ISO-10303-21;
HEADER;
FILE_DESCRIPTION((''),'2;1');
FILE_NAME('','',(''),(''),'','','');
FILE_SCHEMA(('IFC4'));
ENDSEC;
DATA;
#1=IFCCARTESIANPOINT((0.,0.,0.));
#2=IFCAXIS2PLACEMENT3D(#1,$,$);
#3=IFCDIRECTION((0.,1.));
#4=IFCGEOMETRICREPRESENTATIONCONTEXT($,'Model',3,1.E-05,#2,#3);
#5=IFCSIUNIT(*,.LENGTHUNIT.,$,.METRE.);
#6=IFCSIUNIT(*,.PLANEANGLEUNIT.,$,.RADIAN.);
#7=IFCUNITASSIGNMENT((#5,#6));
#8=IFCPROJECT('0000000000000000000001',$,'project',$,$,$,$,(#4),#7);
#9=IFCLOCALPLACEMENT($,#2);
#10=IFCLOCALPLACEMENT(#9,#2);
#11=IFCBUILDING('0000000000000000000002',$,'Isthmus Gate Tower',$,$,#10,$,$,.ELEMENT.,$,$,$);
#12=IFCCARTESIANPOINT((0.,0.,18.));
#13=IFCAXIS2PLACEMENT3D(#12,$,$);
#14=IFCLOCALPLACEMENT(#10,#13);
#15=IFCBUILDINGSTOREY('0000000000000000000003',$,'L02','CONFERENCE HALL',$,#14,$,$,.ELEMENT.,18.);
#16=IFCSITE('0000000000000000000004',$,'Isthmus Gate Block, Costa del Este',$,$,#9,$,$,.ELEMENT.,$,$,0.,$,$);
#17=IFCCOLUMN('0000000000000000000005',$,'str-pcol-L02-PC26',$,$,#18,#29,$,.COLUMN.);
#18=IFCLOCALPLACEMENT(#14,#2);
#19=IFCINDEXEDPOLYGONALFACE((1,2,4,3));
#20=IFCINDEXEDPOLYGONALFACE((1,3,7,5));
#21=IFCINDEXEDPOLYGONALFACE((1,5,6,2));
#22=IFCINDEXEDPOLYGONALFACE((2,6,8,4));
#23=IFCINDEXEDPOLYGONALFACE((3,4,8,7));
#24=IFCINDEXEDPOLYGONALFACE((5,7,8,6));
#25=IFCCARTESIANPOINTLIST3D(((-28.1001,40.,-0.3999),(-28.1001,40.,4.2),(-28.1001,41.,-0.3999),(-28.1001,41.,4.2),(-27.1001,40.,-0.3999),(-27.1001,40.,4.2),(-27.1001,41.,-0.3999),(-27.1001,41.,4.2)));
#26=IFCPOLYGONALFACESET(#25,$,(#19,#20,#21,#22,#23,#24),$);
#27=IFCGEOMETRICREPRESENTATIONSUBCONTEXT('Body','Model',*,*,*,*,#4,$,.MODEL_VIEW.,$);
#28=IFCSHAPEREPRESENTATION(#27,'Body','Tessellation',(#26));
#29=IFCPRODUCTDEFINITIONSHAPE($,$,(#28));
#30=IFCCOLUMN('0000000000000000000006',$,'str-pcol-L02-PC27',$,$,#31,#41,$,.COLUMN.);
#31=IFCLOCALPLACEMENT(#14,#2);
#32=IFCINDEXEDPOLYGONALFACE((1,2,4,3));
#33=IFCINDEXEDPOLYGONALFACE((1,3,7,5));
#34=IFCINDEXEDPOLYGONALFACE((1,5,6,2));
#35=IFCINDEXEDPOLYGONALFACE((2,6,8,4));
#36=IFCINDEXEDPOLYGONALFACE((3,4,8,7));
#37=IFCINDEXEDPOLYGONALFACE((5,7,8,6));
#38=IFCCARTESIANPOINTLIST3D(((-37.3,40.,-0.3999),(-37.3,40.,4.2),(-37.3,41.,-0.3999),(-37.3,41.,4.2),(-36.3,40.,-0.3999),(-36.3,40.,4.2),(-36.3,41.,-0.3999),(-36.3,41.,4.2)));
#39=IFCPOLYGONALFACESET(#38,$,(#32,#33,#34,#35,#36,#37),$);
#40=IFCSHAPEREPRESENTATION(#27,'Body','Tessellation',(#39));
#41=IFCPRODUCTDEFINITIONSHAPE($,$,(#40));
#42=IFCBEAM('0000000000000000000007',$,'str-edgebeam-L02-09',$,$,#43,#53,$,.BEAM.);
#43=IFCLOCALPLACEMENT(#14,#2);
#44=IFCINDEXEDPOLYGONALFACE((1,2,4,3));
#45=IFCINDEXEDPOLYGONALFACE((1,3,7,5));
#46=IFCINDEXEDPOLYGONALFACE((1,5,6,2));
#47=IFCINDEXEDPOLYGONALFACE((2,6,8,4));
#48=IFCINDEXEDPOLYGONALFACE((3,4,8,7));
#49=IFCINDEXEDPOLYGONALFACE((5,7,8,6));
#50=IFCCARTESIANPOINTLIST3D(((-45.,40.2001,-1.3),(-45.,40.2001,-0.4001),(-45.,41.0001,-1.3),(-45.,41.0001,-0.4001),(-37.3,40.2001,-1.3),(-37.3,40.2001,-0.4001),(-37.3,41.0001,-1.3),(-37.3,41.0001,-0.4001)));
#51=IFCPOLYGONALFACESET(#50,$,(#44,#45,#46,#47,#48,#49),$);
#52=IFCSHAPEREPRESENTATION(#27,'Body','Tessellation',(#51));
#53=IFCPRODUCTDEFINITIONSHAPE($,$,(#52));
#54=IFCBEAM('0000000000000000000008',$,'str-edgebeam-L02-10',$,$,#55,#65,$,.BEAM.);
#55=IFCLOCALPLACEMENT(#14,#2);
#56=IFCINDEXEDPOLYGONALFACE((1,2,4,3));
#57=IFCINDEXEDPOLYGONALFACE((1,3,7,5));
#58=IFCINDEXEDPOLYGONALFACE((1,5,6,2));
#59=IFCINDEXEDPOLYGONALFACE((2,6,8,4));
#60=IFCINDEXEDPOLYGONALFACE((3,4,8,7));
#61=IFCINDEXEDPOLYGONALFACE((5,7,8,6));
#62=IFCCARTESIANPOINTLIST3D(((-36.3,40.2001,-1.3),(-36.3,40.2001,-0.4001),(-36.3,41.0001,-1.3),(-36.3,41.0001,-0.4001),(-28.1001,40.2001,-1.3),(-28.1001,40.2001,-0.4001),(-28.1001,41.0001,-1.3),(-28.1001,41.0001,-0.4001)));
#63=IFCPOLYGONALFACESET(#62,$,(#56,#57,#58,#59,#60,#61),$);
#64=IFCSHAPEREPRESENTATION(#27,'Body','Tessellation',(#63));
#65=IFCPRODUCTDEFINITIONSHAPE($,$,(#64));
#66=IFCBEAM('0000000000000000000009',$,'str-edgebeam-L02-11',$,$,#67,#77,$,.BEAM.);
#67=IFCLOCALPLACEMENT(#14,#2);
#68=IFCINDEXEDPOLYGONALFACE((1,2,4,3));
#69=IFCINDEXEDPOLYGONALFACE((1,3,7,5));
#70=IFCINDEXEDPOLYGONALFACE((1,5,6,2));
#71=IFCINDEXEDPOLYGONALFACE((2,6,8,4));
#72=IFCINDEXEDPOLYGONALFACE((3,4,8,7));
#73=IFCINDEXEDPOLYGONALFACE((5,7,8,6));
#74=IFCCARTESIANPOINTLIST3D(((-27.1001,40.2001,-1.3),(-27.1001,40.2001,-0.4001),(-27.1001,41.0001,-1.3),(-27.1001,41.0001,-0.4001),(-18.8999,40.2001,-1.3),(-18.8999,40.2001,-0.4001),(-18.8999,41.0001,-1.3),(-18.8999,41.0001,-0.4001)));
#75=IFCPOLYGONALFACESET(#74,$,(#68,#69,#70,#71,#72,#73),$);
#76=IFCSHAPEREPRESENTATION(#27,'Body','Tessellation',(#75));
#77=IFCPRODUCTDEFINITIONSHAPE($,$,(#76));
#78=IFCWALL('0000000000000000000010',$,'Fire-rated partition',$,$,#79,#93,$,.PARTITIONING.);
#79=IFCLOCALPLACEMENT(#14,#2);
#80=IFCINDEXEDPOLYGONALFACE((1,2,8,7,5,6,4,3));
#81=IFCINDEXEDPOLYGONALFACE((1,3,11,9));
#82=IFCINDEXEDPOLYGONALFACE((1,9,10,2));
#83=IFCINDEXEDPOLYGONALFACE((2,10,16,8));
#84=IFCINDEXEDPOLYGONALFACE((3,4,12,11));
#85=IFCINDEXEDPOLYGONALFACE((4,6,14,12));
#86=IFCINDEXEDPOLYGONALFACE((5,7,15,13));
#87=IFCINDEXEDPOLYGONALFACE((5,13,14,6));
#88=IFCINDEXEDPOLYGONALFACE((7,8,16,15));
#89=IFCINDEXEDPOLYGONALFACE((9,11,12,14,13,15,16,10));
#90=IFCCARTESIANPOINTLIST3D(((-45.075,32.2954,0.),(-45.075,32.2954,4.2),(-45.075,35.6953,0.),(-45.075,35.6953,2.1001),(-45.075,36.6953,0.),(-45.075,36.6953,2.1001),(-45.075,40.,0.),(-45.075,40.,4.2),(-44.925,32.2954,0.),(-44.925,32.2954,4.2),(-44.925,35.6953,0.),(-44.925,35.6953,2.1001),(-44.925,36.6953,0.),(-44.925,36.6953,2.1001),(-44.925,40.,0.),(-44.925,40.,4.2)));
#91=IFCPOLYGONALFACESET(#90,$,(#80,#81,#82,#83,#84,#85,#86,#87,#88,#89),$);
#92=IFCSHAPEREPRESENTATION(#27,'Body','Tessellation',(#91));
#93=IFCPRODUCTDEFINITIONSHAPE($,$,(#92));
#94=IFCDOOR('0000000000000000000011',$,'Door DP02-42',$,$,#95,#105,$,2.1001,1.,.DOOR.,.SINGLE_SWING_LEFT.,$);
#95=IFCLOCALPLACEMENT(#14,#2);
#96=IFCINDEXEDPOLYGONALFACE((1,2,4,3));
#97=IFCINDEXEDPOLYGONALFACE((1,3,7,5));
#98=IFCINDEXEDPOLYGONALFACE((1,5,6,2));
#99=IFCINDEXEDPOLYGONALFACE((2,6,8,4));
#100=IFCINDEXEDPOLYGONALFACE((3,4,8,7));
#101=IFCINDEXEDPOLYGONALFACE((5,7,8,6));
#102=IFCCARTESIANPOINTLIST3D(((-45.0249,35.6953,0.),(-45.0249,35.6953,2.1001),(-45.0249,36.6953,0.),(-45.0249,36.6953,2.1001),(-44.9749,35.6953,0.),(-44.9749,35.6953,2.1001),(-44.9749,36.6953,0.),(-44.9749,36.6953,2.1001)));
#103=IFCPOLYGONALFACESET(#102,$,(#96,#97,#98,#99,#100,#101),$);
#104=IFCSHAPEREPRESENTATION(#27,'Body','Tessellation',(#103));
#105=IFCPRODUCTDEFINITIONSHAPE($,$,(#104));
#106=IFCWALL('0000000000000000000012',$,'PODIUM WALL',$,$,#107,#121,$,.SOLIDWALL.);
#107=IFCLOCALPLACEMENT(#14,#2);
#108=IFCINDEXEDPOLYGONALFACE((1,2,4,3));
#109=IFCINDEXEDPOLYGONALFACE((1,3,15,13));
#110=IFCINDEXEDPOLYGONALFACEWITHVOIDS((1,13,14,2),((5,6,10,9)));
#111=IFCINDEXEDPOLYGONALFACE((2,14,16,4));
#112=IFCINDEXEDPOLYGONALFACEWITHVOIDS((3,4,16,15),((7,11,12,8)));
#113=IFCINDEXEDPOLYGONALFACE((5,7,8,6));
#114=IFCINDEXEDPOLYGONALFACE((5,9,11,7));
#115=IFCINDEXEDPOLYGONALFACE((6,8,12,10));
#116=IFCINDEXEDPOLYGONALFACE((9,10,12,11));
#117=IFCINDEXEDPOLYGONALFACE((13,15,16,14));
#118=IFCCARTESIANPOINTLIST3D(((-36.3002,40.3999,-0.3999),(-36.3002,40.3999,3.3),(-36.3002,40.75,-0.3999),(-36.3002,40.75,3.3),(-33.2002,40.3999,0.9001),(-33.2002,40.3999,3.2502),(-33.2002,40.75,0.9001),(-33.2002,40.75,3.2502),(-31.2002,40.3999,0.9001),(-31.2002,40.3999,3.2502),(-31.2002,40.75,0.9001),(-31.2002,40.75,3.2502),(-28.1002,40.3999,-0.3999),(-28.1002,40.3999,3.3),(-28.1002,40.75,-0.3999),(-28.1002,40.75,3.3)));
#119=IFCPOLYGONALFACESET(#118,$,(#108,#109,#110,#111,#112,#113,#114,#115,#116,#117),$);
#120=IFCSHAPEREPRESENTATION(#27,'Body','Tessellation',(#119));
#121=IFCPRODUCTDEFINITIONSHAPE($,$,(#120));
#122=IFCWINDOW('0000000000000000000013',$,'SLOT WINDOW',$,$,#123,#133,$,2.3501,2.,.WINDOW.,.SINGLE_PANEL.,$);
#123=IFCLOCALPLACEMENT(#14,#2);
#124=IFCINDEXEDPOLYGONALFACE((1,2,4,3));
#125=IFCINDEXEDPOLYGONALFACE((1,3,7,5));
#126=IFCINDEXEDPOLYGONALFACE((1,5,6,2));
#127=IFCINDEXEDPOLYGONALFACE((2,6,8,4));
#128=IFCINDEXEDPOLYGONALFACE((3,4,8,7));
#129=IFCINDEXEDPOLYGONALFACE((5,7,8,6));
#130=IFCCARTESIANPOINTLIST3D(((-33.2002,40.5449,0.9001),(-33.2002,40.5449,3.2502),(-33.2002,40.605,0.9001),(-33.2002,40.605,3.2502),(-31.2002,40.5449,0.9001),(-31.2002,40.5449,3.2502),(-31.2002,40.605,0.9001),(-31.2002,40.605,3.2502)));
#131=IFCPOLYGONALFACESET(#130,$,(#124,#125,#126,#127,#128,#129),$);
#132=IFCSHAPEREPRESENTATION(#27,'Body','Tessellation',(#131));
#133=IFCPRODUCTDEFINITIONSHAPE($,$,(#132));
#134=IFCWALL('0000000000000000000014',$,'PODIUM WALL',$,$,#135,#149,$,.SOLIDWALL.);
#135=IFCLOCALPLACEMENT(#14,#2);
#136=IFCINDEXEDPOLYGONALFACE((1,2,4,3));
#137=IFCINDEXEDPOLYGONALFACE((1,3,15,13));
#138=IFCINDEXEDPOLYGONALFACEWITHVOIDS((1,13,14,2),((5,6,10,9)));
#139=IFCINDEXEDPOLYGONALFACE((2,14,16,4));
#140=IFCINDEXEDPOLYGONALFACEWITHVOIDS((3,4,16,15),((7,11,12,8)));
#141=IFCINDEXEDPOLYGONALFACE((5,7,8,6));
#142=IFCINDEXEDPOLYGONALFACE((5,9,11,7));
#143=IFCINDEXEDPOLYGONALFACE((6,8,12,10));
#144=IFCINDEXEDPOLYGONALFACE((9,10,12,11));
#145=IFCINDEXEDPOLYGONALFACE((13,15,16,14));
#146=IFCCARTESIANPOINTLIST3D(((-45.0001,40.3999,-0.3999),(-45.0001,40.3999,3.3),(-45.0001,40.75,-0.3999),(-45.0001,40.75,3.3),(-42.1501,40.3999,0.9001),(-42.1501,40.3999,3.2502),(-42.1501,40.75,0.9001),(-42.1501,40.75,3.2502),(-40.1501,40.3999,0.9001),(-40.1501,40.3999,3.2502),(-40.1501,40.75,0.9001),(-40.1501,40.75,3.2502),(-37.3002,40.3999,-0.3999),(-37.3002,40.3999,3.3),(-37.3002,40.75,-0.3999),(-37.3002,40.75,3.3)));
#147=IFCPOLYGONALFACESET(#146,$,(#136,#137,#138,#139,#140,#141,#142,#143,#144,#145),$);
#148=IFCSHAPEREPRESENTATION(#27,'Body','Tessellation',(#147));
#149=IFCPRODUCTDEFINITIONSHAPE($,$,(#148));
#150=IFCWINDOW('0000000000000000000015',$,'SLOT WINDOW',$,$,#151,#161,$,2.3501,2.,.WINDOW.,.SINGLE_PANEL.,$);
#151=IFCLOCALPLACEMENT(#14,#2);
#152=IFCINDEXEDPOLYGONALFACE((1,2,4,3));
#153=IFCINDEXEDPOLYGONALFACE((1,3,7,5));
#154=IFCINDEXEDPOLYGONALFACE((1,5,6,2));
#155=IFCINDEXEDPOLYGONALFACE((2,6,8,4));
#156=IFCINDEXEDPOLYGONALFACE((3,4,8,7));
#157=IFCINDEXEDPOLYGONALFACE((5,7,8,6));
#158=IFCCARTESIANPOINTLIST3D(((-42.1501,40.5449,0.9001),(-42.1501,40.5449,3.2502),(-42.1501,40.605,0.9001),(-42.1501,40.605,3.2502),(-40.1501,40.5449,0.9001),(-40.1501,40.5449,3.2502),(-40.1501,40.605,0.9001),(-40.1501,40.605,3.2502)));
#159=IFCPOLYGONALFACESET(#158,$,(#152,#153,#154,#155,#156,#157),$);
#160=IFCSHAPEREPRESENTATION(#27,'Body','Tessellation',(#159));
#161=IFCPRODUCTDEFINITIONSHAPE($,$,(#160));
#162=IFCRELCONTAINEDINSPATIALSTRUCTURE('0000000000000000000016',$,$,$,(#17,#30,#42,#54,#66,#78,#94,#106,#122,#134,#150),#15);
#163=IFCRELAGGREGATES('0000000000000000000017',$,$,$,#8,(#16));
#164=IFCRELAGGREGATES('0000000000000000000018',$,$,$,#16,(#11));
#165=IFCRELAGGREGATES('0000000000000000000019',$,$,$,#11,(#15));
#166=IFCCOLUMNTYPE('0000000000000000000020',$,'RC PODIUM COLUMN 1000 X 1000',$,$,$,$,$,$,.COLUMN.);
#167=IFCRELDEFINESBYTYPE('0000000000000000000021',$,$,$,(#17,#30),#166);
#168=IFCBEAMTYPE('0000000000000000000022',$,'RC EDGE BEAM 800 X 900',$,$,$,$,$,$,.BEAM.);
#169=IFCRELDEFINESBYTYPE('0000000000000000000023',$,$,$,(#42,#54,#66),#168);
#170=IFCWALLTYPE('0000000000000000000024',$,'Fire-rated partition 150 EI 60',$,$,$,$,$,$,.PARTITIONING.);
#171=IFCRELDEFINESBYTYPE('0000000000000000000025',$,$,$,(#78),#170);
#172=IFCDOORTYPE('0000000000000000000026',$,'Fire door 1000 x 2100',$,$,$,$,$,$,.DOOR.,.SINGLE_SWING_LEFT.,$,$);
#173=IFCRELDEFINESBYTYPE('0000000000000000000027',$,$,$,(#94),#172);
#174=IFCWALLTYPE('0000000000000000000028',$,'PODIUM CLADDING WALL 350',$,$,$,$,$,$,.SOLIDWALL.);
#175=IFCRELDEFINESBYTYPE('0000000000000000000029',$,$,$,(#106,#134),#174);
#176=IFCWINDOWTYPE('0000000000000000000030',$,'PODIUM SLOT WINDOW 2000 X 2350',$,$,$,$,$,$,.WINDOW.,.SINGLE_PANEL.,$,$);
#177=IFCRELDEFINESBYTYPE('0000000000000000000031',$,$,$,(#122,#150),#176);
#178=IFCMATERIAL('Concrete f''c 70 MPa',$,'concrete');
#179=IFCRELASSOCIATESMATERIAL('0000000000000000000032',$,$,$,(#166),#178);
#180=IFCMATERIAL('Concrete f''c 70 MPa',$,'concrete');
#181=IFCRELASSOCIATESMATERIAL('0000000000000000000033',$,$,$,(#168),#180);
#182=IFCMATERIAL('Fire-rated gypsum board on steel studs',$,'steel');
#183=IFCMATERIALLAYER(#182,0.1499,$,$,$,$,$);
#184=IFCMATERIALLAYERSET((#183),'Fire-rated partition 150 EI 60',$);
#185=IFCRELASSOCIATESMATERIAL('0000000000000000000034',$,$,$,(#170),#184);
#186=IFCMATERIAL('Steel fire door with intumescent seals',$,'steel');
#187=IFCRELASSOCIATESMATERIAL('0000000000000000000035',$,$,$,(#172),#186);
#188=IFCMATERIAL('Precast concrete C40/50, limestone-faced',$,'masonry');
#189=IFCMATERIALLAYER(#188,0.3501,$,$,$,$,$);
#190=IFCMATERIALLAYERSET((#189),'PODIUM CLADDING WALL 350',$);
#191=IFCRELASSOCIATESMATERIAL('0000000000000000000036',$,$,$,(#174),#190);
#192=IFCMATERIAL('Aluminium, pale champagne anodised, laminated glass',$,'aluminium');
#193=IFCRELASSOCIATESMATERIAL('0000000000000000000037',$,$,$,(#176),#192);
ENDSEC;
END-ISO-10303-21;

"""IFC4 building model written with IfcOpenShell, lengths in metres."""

from ifc_helpers import new_model, si_unit, direction, frame, frame_2d, origin, origin_2d, place, context, subcontext, project, spatial, rectangle, extrude, material, layer, layer_set, material_profile, profile_set, type_object, element, fill, save


model = new_model("IFC4")

# Units and contexts
model_context = context("Model", 3, precision=1e-05, world=origin(), true_north=direction((0.0, 1.0)))
body_context = subcontext(model_context, "Body", "Model", "MODEL_VIEW")
ifc_project = project(units=[si_unit("LENGTHUNIT", "METRE"), si_unit("PLANEANGLEUNIT", "RADIAN")], contexts=[model_context])

# Site, building, storey
site_placement = place(None, origin())
site = spatial("IfcSite", under=ifc_project, at=site_placement, Name="Isthmus Gate Block, Costa del Este", CompositionType="ELEMENT", RefElevation=0.0)
building_placement = place(site_placement, origin())
building = spatial("IfcBuilding", under=site, at=building_placement, Name="Isthmus Gate Tower", CompositionType="ELEMENT")
storey_placement = place(building_placement, frame((0.0, 0.0, 18.0)))
storey = spatial("IfcBuildingStorey", under=building, at=storey_placement, Name="L02", Description="CONFERENCE HALL", CompositionType="ELEMENT", Elevation=18.0)

# Columns
ifc_material_1 = material(Name="Concrete f'c 70 MPa", Category="concrete")
ifc_material_profile_1 = material_profile(ifc_material_1, rectangle(XDim=1.0, YDim=1.0, at=origin_2d()), Name="RC 1000X1000")
ifc_profile_set_1 = profile_set([ifc_material_profile_1], Name="Concrete f'c 70 MPa")
column_type = type_object("IfcColumnType", Name="RC PODIUM COLUMN 1000 X 1000", PredefinedType="COLUMN", material=ifc_profile_set_1)
for number, where, z_axis, x_axis, name in (
    (1, (-27.6001, 40.5, -0.3999), (0.0, 0.0, 1.0), (-1.0, 0.0, 0.0), "str-pcol-L02-PC26"),
    (2, (-36.8, 40.5, -0.3999), (0.0, 0.0, 1.0), (-1.0, 0.0, 0.0), "str-pcol-L02-PC27"),
):
    element("IfcColumn", number, at=place(storey_placement, frame(where, z_axis=z_axis, x_axis=x_axis)), inside=storey, type_object=column_type, Name=name, PredefinedType="COLUMN", context=body_context, shape_type="SweptSolid", body=[
        extrude(rectangle(XDim=1.0, YDim=1.0, at=origin_2d()), origin(), (0.0, 0.0, 1.0), 4.5999),
    ])

# Beams
ifc_material_2 = material(Name="Concrete f'c 70 MPa", Category="concrete")
ifc_material_profile_2 = material_profile(ifc_material_2, rectangle(XDim=0.8, YDim=0.8999, at=origin_2d()), Name="RC 800X900")
ifc_profile_set_2 = profile_set([ifc_material_profile_2], Name="Concrete f'c 70 MPa")
beam_type = type_object("IfcBeamType", Name="RC EDGE BEAM 800 X 900", PredefinedType="BEAM", material=ifc_profile_set_2)
beam_1_placement = place(storey_placement, frame((-45.0, 40.6001, -0.8501), z_axis=(1.0, 0.0, 0.0), x_axis=(0.0, 1.0, 0.0)))
element("IfcBeam", 3, at=beam_1_placement, inside=storey, type_object=beam_type, Name="str-edgebeam-L02-09", PredefinedType="BEAM", context=body_context, shape_type="SweptSolid", body=[
    extrude(rectangle(XDim=0.8, YDim=0.8999, at=origin_2d()), origin(), (0.0, 0.0, 1.0), 7.7),
])
beam_2_placement = place(storey_placement, frame((-36.3, 40.6001, -0.8501), z_axis=(1.0, 0.0, 0.0), x_axis=(0.0, 1.0, 0.0)))
element("IfcBeam", 4, at=beam_2_placement, inside=storey, type_object=beam_type, Name="str-edgebeam-L02-10", PredefinedType="BEAM", context=body_context, shape_type="SweptSolid", body=[
    extrude(rectangle(XDim=0.8, YDim=0.8999, at=origin_2d()), origin(), (0.0, 0.0, 1.0), 8.2),
])
beam_3_placement = place(storey_placement, frame((-27.1001, 40.6001, -0.8501), z_axis=(1.0, 0.0, 0.0), x_axis=(0.0, 1.0, 0.0)))
element("IfcBeam", 5, at=beam_3_placement, inside=storey, type_object=beam_type, Name="str-edgebeam-L02-11", PredefinedType="BEAM", context=body_context, shape_type="SweptSolid", body=[
    extrude(rectangle(XDim=0.8, YDim=0.8999, at=origin_2d()), origin(), (0.0, 0.0, 1.0), 8.2002),
])

# Wall, opening, door
ifc_material_3 = material(Name="Fire-rated gypsum board on steel studs", Category="steel")
ifc_layer_1 = layer(ifc_material_3, 0.1499)
ifc_layer_set_1 = layer_set([ifc_layer_1], Name="Fire-rated partition 150 EI 60")
wall_type_1 = type_object("IfcWallType", Name="Fire-rated partition 150 EI 60", PredefinedType="PARTITIONING", material=ifc_layer_set_1)
wall_1_placement = place(storey_placement, frame((-45.0, 32.2954, 0.0), z_axis=(0.0, 0.0, 1.0), x_axis=(0.0, 1.0, 0.0)))
wall_1 = element("IfcWall", 6, at=wall_1_placement, inside=storey, type_object=wall_type_1, Name="Fire-rated partition", PredefinedType="PARTITIONING", context=body_context, shape_type="SweptSolid", body=[
    extrude(rectangle(XDim=7.7046, YDim=0.1499, at=frame_2d((3.8523, 0.0))), origin(), (0.0, 0.0, 1.0), 4.2),
])
opening_1_placement = place(wall_1_placement, frame((3.3999, 0.0, 0.0)))
opening_1 = element("IfcOpeningElement", 7, at=opening_1_placement, cuts=wall_1, PredefinedType="OPENING", context=body_context, shape_type="SweptSolid", body=[
    extrude(rectangle(XDim=1.0, YDim=2.1001, at=frame_2d((0.5, 1.05))), frame((0.0, 0.085, 0.0), z_axis=(0.0, -1.0, 0.0), x_axis=(1.0, 0.0, 0.0)), (0.0, 0.0, 1.0), 0.1699),
])
ifc_material_4 = material(Name="Steel fire door with intumescent seals", Category="steel")
door_type_1 = type_object("IfcDoorType", Name="Fire door 1000 x 2100", OperationType="SINGLE_SWING_LEFT", PredefinedType="DOOR", material=ifc_material_4)
door_1_placement = place(opening_1_placement, origin())
door_1 = element("IfcDoor", 8, at=door_1_placement, inside=storey, type_object=door_type_1, Name="Door DP02-42", OperationType="SINGLE_SWING_LEFT", OverallHeight=2.1001, OverallWidth=1.0, PredefinedType="DOOR", context=body_context, shape_type="SweptSolid", body=[
    extrude(rectangle(XDim=1.0, YDim=2.1001, at=frame_2d((0.5, 1.05))), frame((0.0, 0.0249, 0.0), z_axis=(0.0, -1.0, 0.0), x_axis=(1.0, 0.0, 0.0)), (0.0, 0.0, 1.0), 0.05),
])
fill(opening_1, door_1)

# Walls, openings, windows
ifc_material_5 = material(Name="Precast concrete C40/50, limestone-faced", Category="masonry")
ifc_layer_2 = layer(ifc_material_5, 0.3501)
ifc_layer_set_2 = layer_set([ifc_layer_2], Name="PODIUM CLADDING WALL 350")
wall_type_2 = type_object("IfcWallType", Name="PODIUM CLADDING WALL 350", PredefinedType="SOLIDWALL", material=ifc_layer_set_2)
wall_2_placement = place(storey_placement, frame((-28.1001, 40.575, -0.3999), z_axis=(0.0, 0.0, 1.0), x_axis=(-1.0, 0.0, 0.0)))
wall_2 = element("IfcWall", 9, at=wall_2_placement, inside=storey, type_object=wall_type_2, Name="PODIUM WALL", PredefinedType="SOLIDWALL", context=body_context, shape_type="SweptSolid", body=[
    extrude(rectangle(XDim=8.2, YDim=0.3501, at=frame_2d((4.1001, 0.0))), origin(), (0.0, 0.0, 1.0), 3.7),
])
opening_2_placement = place(wall_2_placement, frame((3.1001, 0.0, 1.3)))
opening_2 = element("IfcOpeningElement", 10, at=opening_2_placement, cuts=wall_2, PredefinedType="OPENING", context=body_context, shape_type="SweptSolid", body=[
    extrude(rectangle(XDim=2.0, YDim=2.3501, at=frame_2d((1.0, 1.175))), frame((0.0, 0.1851, 0.0), z_axis=(0.0, -1.0, 0.0), x_axis=(1.0, 0.0, 0.0)), (0.0, 0.0, 1.0), 0.3701),
])
ifc_material_6 = material(Name="Aluminium, pale champagne anodised, laminated glass", Category="aluminium")
window_type = type_object("IfcWindowType", Name="PODIUM SLOT WINDOW 2000 X 2350", PartitioningType="SINGLE_PANEL", PredefinedType="WINDOW", material=ifc_material_6)
window_1_placement = place(opening_2_placement, origin())
window_1 = element("IfcWindow", 11, at=window_1_placement, inside=storey, type_object=window_type, Name="SLOT WINDOW", OverallHeight=2.3501, OverallWidth=2.0, PartitioningType="SINGLE_PANEL", PredefinedType="WINDOW", context=body_context, shape_type="SweptSolid", body=[
    extrude(rectangle(XDim=2.0, YDim=2.3501, at=frame_2d((1.0, 1.175))), frame((0.0, 0.03, 0.0), z_axis=(0.0, -1.0, 0.0), x_axis=(1.0, 0.0, 0.0)), (0.0, 0.0, 1.0), 0.0601),
])
fill(opening_2, window_1)
wall_3_placement = place(storey_placement, frame((-37.3, 40.575, -0.3999), z_axis=(0.0, 0.0, 1.0), x_axis=(-1.0, 0.0, 0.0)))
wall_3 = element("IfcWall", 12, at=wall_3_placement, inside=storey, type_object=wall_type_2, Name="PODIUM WALL", PredefinedType="SOLIDWALL", context=body_context, shape_type="SweptSolid", body=[
    extrude(rectangle(XDim=7.7, YDim=0.3501, at=frame_2d((3.8501, 0.0))), origin(), (0.0, 0.0, 1.0), 3.7),
])
opening_3_placement = place(wall_3_placement, frame((2.8501, 0.0, 1.3)))
opening_3 = element("IfcOpeningElement", 13, at=opening_3_placement, cuts=wall_3, PredefinedType="OPENING", context=body_context, shape_type="SweptSolid", body=[
    extrude(rectangle(XDim=2.0, YDim=2.3501, at=frame_2d((1.0, 1.175))), frame((0.0, 0.1851, 0.0), z_axis=(0.0, -1.0, 0.0), x_axis=(1.0, 0.0, 0.0)), (0.0, 0.0, 1.0), 0.3701),
])
window_2_placement = place(opening_3_placement, origin())
window_2 = element("IfcWindow", 14, at=window_2_placement, inside=storey, type_object=window_type, Name="SLOT WINDOW", OverallHeight=2.3501, OverallWidth=2.0, PartitioningType="SINGLE_PANEL", PredefinedType="WINDOW", context=body_context, shape_type="SweptSolid", body=[
    extrude(rectangle(XDim=2.0, YDim=2.3501, at=frame_2d((1.0, 1.175))), frame((0.0, 0.03, 0.0), z_axis=(0.0, -1.0, 0.0), x_axis=(1.0, 0.0, 0.0)), (0.0, 0.0, 1.0), 0.0601),
])
fill(opening_3, window_2)

save(model, "model.ifc")
